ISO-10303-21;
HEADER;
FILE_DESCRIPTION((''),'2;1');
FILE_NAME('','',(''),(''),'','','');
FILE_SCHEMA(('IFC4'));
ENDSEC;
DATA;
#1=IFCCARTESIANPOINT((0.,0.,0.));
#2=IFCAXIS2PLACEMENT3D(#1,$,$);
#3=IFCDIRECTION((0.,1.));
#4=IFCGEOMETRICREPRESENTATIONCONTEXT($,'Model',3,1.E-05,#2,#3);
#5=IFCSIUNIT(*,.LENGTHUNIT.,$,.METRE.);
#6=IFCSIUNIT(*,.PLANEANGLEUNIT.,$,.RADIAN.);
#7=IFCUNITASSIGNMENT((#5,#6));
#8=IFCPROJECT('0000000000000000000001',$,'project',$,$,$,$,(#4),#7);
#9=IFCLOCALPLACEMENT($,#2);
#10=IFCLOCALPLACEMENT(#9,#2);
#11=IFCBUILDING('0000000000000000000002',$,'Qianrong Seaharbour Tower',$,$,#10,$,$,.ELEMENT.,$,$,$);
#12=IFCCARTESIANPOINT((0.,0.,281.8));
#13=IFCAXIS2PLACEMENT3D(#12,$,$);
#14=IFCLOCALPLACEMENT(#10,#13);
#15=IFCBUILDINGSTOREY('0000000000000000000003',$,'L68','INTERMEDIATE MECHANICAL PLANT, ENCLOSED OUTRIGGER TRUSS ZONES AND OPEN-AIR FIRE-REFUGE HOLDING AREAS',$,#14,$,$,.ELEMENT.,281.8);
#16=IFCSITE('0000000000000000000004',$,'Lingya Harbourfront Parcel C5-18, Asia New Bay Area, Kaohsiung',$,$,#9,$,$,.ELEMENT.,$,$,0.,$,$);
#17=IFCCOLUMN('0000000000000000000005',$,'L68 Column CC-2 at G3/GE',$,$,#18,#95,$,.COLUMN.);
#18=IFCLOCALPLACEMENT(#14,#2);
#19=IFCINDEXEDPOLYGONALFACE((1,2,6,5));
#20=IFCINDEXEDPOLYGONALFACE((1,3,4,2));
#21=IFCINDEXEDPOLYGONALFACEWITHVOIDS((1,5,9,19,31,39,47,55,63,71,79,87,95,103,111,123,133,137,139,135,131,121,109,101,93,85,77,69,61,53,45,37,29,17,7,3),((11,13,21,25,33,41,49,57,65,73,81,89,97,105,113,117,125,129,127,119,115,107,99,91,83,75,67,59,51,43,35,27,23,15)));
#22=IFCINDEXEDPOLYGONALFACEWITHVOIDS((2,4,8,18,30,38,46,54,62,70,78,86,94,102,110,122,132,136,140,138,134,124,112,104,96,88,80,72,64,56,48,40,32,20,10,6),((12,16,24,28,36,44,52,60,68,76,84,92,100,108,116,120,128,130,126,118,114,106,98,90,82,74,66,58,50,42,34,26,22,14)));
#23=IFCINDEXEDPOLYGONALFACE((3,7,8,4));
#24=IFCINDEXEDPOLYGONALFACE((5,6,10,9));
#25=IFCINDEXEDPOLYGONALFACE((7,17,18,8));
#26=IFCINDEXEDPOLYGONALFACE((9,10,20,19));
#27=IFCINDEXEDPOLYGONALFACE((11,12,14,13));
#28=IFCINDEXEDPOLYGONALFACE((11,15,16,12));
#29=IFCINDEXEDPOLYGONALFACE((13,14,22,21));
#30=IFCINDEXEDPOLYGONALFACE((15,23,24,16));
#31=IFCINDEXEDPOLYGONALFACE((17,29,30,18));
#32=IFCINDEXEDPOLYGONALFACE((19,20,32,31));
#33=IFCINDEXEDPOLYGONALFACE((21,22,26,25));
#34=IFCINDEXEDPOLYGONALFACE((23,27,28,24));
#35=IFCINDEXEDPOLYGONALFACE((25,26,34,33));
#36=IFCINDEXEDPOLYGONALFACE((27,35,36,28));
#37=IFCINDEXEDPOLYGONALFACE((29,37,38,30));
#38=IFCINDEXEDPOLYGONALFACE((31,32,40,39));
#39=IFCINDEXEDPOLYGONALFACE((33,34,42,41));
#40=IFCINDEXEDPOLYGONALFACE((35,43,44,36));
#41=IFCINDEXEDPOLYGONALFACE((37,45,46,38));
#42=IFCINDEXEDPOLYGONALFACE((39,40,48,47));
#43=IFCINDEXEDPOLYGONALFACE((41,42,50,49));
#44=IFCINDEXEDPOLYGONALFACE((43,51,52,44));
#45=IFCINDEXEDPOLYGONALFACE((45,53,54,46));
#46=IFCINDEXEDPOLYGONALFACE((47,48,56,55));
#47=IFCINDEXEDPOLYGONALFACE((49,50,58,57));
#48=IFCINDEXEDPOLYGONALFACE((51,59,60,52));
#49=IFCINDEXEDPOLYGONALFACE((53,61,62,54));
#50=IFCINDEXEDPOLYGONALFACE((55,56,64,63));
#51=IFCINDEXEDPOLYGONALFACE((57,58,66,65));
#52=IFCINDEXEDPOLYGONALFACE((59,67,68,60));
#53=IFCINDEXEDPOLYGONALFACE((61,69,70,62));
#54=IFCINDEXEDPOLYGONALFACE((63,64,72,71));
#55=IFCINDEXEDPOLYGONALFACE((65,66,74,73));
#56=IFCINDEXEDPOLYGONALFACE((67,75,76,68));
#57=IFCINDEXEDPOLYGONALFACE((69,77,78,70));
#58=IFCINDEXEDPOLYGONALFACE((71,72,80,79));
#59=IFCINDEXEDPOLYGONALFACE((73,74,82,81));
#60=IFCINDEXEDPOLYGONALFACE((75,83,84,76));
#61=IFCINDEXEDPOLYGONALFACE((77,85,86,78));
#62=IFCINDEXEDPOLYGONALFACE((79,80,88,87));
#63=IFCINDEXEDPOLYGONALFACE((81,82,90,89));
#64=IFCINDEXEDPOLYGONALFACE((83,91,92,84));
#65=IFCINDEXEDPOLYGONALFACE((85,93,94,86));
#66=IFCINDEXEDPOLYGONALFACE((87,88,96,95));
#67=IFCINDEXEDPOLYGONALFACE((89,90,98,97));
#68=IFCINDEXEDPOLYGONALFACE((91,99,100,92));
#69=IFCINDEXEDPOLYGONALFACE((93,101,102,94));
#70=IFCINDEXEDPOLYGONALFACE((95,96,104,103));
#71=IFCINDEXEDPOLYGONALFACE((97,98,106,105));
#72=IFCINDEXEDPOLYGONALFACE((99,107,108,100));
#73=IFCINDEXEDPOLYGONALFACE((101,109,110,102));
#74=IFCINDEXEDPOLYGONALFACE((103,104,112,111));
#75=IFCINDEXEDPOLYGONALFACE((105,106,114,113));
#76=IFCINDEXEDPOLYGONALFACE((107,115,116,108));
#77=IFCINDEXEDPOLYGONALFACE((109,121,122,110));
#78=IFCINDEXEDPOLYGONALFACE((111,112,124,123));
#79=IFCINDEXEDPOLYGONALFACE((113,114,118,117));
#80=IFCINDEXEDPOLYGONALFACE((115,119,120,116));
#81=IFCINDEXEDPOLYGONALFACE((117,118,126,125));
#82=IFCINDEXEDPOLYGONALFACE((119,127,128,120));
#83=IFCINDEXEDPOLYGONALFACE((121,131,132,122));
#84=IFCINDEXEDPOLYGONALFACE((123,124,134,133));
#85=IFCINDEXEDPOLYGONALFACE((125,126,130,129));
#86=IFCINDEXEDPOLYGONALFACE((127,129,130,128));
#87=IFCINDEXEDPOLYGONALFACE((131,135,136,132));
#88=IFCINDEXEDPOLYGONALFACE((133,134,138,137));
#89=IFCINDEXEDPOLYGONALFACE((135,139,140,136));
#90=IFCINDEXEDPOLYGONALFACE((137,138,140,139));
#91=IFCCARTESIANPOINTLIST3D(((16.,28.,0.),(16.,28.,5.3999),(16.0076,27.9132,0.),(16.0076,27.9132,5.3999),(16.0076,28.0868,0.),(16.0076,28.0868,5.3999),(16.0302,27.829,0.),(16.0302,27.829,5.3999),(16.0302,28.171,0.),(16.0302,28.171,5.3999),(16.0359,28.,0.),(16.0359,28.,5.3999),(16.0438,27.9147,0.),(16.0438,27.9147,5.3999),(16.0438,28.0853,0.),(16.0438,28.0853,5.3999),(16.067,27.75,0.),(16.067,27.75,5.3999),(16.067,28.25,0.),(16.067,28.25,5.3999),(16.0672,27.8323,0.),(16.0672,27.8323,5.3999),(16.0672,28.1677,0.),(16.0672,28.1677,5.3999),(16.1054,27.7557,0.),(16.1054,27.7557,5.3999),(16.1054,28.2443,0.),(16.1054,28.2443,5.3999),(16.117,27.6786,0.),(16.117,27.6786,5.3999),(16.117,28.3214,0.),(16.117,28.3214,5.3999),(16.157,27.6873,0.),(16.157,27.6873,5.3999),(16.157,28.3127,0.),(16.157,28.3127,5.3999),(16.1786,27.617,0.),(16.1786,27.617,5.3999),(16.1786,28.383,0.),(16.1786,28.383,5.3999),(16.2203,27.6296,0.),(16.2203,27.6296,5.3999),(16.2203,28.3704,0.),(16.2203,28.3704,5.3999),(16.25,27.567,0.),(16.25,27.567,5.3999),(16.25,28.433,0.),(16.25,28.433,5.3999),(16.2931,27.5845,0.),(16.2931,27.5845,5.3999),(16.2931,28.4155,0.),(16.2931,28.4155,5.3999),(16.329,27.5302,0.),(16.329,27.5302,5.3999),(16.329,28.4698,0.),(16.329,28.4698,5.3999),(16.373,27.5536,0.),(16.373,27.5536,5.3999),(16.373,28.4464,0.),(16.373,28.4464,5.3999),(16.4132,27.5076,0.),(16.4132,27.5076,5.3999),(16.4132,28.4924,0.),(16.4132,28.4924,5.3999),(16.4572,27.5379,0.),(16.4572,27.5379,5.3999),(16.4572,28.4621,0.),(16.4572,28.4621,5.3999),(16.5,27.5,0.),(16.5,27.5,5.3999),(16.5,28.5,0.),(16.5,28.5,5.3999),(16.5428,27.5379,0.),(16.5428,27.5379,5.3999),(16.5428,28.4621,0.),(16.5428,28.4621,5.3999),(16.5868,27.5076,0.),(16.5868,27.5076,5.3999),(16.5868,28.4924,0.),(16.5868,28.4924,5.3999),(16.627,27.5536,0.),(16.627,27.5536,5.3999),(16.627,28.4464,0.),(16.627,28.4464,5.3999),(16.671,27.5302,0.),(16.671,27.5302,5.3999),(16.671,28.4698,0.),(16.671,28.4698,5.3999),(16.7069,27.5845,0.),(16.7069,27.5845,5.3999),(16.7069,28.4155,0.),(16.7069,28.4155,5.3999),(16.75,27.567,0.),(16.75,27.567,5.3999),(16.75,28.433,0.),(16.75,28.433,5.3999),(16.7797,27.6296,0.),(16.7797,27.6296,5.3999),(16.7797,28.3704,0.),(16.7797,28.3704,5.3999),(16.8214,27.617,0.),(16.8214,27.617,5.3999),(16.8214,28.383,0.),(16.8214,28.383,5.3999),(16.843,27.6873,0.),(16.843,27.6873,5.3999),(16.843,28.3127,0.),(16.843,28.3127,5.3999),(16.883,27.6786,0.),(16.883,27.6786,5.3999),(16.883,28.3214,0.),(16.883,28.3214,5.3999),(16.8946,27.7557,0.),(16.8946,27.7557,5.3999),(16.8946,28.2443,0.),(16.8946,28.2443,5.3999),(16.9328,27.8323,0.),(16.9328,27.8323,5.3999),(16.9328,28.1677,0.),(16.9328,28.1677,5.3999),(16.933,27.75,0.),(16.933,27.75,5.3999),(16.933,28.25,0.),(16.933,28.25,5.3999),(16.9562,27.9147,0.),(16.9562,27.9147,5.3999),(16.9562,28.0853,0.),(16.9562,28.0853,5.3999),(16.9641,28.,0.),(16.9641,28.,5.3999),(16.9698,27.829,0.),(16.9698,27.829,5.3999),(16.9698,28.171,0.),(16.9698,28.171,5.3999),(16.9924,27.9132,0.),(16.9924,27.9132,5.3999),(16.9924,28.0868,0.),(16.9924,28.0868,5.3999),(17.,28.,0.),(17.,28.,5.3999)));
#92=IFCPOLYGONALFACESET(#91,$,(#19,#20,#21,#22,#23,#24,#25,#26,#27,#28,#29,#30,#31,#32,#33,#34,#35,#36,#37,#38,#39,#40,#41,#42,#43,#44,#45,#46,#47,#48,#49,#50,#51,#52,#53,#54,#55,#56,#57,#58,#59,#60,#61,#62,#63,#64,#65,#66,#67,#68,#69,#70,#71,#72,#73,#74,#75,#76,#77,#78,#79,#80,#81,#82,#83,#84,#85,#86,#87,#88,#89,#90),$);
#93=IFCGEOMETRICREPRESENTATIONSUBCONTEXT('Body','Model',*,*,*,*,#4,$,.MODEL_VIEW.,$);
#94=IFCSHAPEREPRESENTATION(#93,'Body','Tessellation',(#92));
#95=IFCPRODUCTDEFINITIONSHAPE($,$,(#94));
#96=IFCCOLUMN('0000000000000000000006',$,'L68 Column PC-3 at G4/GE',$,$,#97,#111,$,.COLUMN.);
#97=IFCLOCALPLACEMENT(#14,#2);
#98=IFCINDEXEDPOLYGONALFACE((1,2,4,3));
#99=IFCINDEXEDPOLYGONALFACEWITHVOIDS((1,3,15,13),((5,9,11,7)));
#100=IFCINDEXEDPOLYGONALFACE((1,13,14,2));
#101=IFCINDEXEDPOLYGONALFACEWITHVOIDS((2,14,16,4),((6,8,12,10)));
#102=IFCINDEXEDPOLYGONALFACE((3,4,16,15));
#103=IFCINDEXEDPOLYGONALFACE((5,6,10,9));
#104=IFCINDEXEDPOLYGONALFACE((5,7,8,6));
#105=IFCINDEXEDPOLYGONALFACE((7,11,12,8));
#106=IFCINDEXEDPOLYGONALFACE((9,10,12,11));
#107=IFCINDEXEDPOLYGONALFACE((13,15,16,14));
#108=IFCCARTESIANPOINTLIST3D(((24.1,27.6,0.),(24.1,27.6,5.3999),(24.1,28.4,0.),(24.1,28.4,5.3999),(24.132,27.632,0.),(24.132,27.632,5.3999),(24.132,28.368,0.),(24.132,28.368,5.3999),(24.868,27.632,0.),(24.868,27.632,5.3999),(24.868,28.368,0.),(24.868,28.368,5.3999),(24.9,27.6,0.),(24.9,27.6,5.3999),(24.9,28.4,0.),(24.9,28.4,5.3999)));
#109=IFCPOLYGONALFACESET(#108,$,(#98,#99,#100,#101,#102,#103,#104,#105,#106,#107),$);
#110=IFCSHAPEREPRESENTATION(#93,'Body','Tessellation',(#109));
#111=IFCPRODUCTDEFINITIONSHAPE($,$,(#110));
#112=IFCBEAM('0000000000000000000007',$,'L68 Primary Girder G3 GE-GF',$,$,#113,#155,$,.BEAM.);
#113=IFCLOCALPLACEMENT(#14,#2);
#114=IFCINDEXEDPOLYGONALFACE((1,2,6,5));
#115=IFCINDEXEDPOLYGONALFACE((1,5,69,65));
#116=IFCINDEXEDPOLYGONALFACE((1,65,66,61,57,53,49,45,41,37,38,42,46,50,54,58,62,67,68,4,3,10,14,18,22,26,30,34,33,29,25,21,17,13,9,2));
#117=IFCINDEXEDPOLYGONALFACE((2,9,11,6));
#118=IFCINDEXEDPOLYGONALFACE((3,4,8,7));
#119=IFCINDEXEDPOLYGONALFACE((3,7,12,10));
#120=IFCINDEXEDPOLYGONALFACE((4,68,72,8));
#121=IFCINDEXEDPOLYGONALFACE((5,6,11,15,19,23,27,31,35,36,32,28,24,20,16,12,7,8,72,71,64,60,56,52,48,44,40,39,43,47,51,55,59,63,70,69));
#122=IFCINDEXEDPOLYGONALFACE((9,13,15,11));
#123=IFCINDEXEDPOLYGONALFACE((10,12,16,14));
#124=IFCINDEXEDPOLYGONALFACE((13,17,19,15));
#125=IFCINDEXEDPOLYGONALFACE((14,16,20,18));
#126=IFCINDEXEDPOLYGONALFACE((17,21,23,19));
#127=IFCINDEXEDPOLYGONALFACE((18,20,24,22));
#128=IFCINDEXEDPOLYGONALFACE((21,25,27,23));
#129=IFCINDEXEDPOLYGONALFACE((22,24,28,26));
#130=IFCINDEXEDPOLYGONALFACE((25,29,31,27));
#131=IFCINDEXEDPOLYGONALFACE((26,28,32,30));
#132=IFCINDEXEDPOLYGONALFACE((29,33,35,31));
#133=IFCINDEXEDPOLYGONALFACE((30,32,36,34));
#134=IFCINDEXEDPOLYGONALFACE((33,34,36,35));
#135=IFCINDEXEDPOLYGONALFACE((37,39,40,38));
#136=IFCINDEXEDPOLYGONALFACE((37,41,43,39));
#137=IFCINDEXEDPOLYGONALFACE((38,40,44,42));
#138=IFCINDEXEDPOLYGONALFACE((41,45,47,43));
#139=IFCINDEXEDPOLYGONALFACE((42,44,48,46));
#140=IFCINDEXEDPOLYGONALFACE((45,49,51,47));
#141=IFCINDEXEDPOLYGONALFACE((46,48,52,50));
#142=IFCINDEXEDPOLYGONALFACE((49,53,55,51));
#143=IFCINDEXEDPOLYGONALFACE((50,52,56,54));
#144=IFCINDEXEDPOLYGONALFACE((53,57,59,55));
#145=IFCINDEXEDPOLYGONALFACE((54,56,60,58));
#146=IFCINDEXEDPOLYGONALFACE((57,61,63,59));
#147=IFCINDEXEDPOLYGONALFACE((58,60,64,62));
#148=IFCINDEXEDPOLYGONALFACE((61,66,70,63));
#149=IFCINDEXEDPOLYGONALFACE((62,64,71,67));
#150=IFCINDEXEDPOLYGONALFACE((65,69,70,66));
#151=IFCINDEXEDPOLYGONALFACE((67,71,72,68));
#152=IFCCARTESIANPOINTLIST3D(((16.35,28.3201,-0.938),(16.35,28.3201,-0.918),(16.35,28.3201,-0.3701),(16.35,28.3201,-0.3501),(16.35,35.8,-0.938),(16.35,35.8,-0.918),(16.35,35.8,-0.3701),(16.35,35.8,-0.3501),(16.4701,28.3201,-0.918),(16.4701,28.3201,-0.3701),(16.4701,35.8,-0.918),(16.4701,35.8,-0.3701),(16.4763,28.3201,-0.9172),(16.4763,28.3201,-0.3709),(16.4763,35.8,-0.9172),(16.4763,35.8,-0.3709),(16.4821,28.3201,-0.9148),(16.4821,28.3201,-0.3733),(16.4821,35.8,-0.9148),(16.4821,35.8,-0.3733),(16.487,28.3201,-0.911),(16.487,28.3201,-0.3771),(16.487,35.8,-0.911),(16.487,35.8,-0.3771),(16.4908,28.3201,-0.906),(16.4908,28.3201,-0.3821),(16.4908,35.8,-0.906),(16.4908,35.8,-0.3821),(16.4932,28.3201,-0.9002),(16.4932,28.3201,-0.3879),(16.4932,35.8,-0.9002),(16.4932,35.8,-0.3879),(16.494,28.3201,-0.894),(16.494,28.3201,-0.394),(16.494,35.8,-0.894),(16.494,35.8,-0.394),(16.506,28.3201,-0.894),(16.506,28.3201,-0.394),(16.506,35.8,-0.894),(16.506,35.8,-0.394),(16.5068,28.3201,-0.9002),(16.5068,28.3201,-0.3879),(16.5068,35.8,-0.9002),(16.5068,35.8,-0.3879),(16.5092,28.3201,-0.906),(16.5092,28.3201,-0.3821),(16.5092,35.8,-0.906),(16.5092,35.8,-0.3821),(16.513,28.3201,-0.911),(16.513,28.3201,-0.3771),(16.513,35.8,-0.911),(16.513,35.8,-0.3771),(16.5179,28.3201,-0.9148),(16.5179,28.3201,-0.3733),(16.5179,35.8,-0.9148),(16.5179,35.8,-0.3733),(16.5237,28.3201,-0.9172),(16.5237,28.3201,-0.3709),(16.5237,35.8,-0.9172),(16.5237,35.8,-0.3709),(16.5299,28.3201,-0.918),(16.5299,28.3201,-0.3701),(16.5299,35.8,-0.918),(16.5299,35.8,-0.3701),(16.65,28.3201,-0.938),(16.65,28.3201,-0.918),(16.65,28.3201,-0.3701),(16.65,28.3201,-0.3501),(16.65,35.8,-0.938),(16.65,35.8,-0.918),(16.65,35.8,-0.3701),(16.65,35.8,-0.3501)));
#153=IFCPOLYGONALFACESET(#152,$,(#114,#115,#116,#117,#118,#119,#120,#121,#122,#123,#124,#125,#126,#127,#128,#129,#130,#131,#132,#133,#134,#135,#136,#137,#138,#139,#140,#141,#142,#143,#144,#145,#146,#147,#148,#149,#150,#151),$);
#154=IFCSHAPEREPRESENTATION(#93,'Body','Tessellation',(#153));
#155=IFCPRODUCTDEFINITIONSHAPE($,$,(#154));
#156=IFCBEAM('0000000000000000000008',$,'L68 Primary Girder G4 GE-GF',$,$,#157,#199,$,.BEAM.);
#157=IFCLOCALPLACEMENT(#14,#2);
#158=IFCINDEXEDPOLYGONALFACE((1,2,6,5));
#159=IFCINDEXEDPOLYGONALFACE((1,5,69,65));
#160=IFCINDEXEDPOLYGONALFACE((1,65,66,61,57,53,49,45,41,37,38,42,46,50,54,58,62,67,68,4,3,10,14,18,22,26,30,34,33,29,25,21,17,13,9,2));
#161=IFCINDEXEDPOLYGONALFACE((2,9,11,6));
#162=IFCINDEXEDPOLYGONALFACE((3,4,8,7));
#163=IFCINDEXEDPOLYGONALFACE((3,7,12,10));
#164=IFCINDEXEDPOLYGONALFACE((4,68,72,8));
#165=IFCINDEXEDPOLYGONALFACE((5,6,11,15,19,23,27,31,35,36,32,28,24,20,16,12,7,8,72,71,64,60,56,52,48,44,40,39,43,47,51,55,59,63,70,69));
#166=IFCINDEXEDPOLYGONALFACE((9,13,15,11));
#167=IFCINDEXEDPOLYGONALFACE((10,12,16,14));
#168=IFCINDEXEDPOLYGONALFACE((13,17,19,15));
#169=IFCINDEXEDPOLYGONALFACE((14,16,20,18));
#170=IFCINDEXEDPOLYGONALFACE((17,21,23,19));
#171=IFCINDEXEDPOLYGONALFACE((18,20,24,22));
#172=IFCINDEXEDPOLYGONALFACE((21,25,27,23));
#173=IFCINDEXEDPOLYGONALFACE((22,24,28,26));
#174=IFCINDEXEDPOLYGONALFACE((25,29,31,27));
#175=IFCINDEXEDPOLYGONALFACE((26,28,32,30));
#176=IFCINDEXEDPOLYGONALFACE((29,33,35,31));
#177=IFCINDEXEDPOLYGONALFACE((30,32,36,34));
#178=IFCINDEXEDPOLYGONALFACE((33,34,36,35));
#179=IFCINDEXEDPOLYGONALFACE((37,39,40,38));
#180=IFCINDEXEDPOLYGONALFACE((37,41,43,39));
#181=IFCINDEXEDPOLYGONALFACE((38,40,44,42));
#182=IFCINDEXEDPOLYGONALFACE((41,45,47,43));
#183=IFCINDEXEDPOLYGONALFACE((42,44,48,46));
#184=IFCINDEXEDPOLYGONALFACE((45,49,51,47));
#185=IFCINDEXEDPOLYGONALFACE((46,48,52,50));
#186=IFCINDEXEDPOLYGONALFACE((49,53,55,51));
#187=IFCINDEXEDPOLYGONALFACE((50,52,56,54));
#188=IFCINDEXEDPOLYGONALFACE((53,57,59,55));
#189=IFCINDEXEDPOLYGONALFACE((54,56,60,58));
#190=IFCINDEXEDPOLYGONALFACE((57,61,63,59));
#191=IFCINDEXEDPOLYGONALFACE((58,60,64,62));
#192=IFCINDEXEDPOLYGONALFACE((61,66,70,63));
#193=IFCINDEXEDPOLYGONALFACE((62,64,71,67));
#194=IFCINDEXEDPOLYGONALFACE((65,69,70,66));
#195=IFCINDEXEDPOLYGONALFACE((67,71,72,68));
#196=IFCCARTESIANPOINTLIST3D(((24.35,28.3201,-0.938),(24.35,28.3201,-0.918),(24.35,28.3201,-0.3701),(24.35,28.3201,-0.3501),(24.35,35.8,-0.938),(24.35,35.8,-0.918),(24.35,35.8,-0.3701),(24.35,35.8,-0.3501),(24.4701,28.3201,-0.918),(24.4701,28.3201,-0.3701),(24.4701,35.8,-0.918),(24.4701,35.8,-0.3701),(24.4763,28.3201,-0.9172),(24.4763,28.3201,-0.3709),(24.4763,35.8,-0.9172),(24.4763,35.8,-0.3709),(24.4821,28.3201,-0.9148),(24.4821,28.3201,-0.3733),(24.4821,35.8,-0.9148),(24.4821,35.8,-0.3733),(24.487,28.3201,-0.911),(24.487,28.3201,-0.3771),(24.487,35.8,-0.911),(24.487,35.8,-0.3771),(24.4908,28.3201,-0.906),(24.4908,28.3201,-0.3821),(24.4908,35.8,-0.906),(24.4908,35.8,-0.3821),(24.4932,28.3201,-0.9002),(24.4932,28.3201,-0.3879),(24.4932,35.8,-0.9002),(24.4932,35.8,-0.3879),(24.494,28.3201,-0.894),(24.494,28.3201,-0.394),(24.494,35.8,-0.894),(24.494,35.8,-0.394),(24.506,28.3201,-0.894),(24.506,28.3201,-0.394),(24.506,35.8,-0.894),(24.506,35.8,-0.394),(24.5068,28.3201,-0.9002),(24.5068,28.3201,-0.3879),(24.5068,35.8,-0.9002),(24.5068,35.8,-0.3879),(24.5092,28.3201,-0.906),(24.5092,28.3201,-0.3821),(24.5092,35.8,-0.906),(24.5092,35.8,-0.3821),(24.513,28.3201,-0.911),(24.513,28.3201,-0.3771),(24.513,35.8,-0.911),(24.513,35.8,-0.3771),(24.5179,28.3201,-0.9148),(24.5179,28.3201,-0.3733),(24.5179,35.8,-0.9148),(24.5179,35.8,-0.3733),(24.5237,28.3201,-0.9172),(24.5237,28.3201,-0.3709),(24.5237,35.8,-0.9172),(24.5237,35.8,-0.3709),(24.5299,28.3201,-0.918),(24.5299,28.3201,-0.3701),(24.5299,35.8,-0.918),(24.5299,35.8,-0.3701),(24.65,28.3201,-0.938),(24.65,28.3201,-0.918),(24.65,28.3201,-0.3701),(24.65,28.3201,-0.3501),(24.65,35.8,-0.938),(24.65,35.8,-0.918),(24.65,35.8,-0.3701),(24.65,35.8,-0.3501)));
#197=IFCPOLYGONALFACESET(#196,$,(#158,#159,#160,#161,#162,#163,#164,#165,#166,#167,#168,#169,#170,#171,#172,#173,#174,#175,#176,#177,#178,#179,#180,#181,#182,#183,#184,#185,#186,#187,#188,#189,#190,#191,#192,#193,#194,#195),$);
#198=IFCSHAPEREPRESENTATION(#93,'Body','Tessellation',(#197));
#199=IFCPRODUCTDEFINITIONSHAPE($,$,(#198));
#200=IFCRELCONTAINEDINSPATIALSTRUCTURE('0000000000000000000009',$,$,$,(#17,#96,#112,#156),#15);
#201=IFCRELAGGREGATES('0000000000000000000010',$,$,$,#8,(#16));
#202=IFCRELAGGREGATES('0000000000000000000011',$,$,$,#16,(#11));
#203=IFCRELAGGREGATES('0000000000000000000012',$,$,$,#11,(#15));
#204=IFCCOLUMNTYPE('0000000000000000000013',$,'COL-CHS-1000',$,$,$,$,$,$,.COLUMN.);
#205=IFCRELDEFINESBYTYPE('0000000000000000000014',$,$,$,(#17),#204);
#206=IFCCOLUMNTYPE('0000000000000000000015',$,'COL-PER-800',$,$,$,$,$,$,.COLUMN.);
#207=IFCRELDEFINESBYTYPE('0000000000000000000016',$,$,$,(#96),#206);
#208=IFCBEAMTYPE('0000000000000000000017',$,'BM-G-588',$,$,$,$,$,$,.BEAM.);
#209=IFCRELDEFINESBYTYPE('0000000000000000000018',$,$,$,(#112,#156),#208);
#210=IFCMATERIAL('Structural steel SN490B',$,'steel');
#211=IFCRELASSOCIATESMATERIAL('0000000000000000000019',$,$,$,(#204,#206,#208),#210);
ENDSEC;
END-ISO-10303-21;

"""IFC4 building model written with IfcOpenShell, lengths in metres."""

from ifc_helpers import new_model, si_unit, direction, frame, origin, origin_2d, place, context, subcontext, project, spatial, hollow_rectangle, hollow_circle, i_section, extrude, material, material_profile, profile_set, type_object, element, save


model = new_model("IFC4")

# Units and contexts
model_context = context("Model", 3, precision=1e-05, world=origin(), true_north=direction((0.0, 1.0)))
body_context = subcontext(model_context, "Body", "Model", "MODEL_VIEW")
ifc_project = project(units=[si_unit("LENGTHUNIT", "METRE"), si_unit("PLANEANGLEUNIT", "RADIAN")], contexts=[model_context])

# Site, building, storey
site_placement = place(None, origin())
site = spatial("IfcSite", under=ifc_project, at=site_placement, Name="Lingya Harbourfront Parcel C5-18, Asia New Bay Area, Kaohsiung", CompositionType="ELEMENT", RefElevation=0.0)
building_placement = place(site_placement, origin())
building = spatial("IfcBuilding", under=site, at=building_placement, Name="Qianrong Seaharbour Tower", CompositionType="ELEMENT")
storey_placement = place(building_placement, frame((0.0, 0.0, 281.8)))
storey = spatial("IfcBuildingStorey", under=building, at=storey_placement, Name="L68", Description="INTERMEDIATE MECHANICAL PLANT, ENCLOSED OUTRIGGER TRUSS ZONES AND OPEN-AIR FIRE-REFUGE HOLDING AREAS", CompositionType="ELEMENT", Elevation=281.8)

# Columns
ifc_material_1 = material(Name="Structural steel SN490B", Category="steel")
ifc_material_profile_1 = material_profile(ifc_material_1, hollow_circle(Radius=0.5, WallThickness=0.0359, at=origin_2d()), Name="CHS1000x36")
ifc_profile_set_1 = profile_set([ifc_material_profile_1], Name="Structural steel SN490B")
column_type_1 = type_object("IfcColumnType", Name="COL-CHS-1000", PredefinedType="COLUMN", material=ifc_profile_set_1)
column_1_placement = place(storey_placement, frame((16.5, 28.0, 0.0), z_axis=(0.0, 0.0, 1.0), x_axis=(1.0, 0.0, 0.0)))
element("IfcColumn", 1, at=column_1_placement, inside=storey, type_object=column_type_1, Name="L68 Column CC-2 at G3/GE", PredefinedType="COLUMN", context=body_context, shape_type="SweptSolid", body=[
    extrude(hollow_circle(Radius=0.5, WallThickness=0.0359, at=origin_2d()), origin(), (0.0, 0.0, 1.0), 5.3999),
])
ifc_material_profile_2 = material_profile(ifc_material_1, hollow_rectangle(XDim=0.8, YDim=0.8, WallThickness=0.032, at=origin_2d()), Name="BOX800x800x32")
ifc_profile_set_2 = profile_set([ifc_material_profile_2], Name="Structural steel SN490B")
column_type_2 = type_object("IfcColumnType", Name="COL-PER-800", PredefinedType="COLUMN", material=ifc_profile_set_2)
column_2_placement = place(storey_placement, frame((24.5, 28.0, 0.0), z_axis=(0.0, 0.0, 1.0), x_axis=(1.0, 0.0, 0.0)))
element("IfcColumn", 2, at=column_2_placement, inside=storey, type_object=column_type_2, Name="L68 Column PC-3 at G4/GE", PredefinedType="COLUMN", context=body_context, shape_type="SweptSolid", body=[
    extrude(hollow_rectangle(XDim=0.8, YDim=0.8, WallThickness=0.032, at=origin_2d()), origin(), (0.0, 0.0, 1.0), 5.3999),
])

# Beams
ifc_material_profile_3 = material_profile(ifc_material_1, i_section(OverallWidth=0.3, OverallDepth=0.5879, WebThickness=0.012, FlangeThickness=0.02, FilletRadius=0.0239, at=origin_2d()), Name="H588x300x12x20")
ifc_profile_set_3 = profile_set([ifc_material_profile_3], Name="Structural steel SN490B")
beam_type_1 = type_object("IfcBeamType", Name="BM-G-588", PredefinedType="BEAM", material=ifc_profile_set_3)
for number, where, z_axis, x_axis, name in (
    (3, (16.5, 28.3201, -0.644), (0.0, 1.0, 0.0), (-1.0, 0.0, 0.0), "L68 Primary Girder G3 GE-GF"),
    (4, (24.5, 28.3201, -0.644), (0.0, 1.0, 0.0), (-1.0, 0.0, 0.0), "L68 Primary Girder G4 GE-GF"),
):
    element("IfcBeam", number, at=place(storey_placement, frame(where, z_axis=z_axis, x_axis=x_axis)), inside=storey, type_object=beam_type_1, Name=name, PredefinedType="BEAM", context=body_context, shape_type="SweptSolid", body=[
        extrude(i_section(OverallWidth=0.3, OverallDepth=0.5879, WebThickness=0.012, FlangeThickness=0.02, FilletRadius=0.0239, at=origin_2d()), origin(), (0.0, 0.0, 1.0), 7.48),
    ])

save(model, "model.ifc")
